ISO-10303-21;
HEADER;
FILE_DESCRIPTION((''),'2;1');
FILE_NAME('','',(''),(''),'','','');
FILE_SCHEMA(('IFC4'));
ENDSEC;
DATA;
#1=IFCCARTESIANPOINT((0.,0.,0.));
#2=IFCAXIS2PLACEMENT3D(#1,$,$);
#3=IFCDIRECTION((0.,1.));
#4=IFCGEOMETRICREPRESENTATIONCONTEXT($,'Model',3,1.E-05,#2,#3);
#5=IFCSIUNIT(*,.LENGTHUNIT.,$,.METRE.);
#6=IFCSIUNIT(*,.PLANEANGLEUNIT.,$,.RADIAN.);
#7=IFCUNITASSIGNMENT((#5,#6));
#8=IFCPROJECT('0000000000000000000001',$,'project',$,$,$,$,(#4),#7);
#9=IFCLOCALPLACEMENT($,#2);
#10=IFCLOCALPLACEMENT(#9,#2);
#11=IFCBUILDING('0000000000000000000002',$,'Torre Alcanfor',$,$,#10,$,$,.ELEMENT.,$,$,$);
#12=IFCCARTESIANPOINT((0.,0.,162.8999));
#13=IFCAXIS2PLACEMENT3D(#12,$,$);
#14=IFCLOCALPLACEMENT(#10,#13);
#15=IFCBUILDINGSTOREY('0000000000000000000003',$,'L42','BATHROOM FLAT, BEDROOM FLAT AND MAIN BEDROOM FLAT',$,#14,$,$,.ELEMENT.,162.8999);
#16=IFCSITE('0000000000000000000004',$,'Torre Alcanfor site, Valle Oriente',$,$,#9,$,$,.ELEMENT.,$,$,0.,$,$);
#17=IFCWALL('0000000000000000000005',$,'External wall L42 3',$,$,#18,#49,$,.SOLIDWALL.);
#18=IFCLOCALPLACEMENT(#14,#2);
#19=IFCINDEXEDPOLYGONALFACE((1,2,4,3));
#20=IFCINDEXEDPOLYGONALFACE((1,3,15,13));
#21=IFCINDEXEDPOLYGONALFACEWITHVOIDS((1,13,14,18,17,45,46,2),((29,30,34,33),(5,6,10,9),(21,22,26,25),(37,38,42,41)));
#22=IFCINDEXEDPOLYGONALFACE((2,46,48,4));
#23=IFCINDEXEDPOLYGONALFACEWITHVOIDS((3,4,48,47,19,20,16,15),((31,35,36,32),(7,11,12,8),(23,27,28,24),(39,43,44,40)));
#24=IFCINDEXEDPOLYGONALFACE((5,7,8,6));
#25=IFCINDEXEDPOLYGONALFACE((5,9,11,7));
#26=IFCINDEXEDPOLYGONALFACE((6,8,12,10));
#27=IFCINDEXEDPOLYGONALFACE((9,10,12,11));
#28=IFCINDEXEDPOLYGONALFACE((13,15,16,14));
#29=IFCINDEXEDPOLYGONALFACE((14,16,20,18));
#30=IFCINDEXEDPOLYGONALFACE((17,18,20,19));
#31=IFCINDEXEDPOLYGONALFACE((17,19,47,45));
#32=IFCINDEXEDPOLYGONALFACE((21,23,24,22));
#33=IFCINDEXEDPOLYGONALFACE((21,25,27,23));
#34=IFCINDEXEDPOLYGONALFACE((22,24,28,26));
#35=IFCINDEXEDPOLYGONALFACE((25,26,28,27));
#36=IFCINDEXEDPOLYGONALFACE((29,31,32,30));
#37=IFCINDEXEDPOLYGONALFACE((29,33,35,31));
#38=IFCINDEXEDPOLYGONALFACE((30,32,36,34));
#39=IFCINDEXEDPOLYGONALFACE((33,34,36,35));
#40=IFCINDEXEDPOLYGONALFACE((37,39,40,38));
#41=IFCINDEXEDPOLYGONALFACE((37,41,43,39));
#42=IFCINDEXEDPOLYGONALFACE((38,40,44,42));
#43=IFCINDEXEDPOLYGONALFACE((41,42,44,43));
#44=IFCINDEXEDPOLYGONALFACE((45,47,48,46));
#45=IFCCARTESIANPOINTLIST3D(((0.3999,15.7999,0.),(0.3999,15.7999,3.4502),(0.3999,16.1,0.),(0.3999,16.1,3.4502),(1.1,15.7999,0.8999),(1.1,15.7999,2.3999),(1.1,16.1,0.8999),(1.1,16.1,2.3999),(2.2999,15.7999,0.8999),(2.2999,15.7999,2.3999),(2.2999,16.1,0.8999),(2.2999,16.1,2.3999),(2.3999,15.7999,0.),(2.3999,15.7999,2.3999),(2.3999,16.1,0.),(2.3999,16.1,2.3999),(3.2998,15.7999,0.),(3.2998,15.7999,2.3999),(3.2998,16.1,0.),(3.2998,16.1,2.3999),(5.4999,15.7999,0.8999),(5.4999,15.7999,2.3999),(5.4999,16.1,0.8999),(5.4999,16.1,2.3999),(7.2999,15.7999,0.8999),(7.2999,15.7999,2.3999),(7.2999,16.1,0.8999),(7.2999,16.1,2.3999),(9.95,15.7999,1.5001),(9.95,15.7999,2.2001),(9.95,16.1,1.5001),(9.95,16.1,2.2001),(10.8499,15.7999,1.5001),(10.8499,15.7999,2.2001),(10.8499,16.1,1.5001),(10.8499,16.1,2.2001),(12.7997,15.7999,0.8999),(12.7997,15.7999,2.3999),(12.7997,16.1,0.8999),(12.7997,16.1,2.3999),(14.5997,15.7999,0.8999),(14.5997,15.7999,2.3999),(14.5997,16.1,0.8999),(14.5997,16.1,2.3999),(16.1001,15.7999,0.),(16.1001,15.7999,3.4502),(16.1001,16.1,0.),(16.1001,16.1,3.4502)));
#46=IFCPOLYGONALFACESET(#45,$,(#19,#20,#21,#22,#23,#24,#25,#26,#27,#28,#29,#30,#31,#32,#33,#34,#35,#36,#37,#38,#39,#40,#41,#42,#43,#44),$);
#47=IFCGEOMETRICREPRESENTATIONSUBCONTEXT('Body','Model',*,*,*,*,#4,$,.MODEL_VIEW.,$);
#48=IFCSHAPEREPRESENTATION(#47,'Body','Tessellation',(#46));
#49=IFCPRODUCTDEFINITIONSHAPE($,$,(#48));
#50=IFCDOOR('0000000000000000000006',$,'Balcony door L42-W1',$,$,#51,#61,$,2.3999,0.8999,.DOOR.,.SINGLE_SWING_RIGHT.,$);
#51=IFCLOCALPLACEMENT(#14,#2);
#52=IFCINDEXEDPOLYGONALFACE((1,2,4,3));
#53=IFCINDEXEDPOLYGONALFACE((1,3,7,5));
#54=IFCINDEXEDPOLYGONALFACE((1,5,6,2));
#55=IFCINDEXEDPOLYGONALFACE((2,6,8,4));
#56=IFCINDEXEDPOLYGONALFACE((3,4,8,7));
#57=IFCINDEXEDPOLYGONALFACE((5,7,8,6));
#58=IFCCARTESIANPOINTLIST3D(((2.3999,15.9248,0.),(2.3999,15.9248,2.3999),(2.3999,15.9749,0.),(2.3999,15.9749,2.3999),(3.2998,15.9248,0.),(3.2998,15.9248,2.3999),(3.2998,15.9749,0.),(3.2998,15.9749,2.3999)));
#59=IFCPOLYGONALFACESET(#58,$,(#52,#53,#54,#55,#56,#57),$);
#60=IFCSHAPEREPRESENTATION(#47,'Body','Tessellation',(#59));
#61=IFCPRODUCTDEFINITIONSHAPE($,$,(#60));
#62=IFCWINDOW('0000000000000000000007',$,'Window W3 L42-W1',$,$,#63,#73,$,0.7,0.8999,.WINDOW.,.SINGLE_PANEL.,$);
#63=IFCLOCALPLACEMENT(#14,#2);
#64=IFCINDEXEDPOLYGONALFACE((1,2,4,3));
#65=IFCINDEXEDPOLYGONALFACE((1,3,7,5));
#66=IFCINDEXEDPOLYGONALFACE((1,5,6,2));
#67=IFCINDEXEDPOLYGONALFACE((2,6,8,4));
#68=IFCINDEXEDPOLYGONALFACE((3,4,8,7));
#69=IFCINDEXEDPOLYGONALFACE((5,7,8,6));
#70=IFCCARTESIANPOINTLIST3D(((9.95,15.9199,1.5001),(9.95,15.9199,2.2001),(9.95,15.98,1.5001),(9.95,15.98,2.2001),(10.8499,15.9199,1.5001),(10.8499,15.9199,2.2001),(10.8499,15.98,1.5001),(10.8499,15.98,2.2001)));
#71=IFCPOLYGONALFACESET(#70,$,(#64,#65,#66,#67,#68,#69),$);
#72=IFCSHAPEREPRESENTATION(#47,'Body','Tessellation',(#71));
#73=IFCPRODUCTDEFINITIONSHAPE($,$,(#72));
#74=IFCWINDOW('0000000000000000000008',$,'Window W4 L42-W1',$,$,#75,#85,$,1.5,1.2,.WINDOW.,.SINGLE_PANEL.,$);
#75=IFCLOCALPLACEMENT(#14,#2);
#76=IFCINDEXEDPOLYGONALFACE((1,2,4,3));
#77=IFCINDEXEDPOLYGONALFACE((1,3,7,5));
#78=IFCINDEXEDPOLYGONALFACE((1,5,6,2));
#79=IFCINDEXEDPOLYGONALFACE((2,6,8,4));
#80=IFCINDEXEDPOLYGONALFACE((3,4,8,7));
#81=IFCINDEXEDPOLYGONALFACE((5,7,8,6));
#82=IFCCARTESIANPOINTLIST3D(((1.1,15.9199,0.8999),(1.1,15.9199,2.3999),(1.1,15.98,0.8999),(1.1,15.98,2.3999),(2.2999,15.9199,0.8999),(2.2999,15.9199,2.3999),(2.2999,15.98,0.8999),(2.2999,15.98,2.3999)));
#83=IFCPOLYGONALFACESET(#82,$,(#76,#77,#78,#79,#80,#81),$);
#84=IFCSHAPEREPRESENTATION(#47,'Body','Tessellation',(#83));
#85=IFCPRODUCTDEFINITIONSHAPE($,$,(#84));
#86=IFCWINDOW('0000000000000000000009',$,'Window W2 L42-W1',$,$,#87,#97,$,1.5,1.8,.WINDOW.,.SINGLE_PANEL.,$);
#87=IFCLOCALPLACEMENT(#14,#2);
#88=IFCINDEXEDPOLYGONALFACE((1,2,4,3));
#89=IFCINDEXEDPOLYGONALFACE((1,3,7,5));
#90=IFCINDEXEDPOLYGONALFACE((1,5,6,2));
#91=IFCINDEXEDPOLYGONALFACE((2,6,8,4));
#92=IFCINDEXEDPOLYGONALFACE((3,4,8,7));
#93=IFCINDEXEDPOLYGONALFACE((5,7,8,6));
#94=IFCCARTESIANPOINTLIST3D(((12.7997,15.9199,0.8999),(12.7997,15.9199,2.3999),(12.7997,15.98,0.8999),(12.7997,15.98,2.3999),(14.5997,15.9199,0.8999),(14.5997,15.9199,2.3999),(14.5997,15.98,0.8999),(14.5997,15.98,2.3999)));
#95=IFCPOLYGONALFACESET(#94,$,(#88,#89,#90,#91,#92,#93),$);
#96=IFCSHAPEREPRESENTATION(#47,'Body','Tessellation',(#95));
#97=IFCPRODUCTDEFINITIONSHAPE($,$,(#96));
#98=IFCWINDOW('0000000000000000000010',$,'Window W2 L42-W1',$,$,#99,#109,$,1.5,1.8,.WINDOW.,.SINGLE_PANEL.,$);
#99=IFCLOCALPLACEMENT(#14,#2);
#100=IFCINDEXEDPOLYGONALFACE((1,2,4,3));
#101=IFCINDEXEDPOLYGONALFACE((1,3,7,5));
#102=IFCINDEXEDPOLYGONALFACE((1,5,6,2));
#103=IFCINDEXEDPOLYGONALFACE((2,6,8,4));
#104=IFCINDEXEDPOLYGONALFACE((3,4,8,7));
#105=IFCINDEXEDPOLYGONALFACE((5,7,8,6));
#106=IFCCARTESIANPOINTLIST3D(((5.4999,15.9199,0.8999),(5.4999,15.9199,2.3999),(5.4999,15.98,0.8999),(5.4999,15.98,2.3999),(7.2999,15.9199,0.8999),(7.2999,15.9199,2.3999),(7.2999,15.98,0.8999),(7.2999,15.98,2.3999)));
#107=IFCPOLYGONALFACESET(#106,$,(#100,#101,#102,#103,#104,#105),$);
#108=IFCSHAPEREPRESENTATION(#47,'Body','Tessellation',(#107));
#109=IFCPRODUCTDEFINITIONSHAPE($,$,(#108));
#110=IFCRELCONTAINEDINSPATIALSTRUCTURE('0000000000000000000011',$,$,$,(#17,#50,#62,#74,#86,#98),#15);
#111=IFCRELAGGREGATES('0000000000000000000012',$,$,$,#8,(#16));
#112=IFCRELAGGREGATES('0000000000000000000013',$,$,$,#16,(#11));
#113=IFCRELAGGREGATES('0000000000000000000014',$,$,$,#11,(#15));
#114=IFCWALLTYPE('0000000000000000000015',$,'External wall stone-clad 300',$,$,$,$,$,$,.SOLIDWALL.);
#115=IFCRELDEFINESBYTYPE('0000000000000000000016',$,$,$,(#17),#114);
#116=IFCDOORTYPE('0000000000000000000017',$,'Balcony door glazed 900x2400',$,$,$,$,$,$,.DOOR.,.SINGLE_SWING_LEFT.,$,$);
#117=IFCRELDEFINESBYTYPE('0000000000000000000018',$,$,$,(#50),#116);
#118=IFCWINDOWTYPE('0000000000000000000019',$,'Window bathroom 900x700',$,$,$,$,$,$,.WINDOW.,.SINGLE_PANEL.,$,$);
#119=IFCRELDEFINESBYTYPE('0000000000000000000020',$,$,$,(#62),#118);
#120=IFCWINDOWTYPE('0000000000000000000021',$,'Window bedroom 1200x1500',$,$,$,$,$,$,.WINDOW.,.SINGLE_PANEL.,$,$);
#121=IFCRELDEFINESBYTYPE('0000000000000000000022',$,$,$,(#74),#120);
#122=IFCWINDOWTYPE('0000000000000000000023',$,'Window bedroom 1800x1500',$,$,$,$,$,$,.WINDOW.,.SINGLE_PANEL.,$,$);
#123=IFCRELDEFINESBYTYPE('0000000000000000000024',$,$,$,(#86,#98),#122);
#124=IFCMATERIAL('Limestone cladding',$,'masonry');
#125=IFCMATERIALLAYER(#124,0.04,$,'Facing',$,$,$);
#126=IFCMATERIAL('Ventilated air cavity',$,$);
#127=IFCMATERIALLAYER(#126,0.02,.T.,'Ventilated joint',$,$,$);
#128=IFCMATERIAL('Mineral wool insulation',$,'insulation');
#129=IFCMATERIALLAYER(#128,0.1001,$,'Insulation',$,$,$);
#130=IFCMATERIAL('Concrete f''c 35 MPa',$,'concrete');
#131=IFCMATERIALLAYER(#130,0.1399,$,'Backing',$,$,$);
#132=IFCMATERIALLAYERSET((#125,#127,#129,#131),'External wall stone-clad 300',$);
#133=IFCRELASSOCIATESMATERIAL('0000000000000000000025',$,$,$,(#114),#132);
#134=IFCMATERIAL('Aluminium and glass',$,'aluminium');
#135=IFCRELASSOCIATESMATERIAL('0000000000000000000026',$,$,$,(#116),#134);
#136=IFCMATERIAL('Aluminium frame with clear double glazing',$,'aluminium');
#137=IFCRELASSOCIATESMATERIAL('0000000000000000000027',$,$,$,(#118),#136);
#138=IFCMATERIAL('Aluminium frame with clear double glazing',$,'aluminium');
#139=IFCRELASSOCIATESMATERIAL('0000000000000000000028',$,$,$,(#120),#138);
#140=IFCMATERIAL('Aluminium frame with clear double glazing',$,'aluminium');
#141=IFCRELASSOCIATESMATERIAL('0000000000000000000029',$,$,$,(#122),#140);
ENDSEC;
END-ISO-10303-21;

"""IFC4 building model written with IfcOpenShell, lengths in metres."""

from ifc_helpers import new_model, si_unit, direction, frame, frame_2d, origin, place, context, subcontext, project, spatial, rectangle, extrude, material, layer, layer_set, type_object, element, fill, save


model = new_model("IFC4")

# Units and contexts
model_context = context("Model", 3, precision=1e-05, world=origin(), true_north=direction((0.0, 1.0)))
body_context = subcontext(model_context, "Body", "Model", "MODEL_VIEW")
ifc_project = project(units=[si_unit("LENGTHUNIT", "METRE"), si_unit("PLANEANGLEUNIT", "RADIAN")], contexts=[model_context])

# Site, building, storey
site_placement = place(None, origin())
site = spatial("IfcSite", under=ifc_project, at=site_placement, Name="Torre Alcanfor site, Valle Oriente", CompositionType="ELEMENT", RefElevation=0.0)
building_placement = place(site_placement, origin())
building = spatial("IfcBuilding", under=site, at=building_placement, Name="Torre Alcanfor", CompositionType="ELEMENT")
storey_placement = place(building_placement, frame((0.0, 0.0, 162.8999)))
storey = spatial("IfcBuildingStorey", under=building, at=storey_placement, Name="L42", Description="BATHROOM FLAT, BEDROOM FLAT AND MAIN BEDROOM FLAT", CompositionType="ELEMENT", Elevation=162.8999)

# Wall, openings, door, windows
ifc_material_1 = material(Name="Limestone cladding", Category="masonry")
ifc_layer_1 = layer(ifc_material_1, 0.04, Name="Facing")
ifc_material_2 = material(Name="Ventilated air cavity")
ifc_layer_2 = layer(ifc_material_2, 0.02, ventilated=True, Name="Ventilated joint")
ifc_material_3 = material(Name="Mineral wool insulation", Category="insulation")
ifc_layer_3 = layer(ifc_material_3, 0.1001, Name="Insulation")
ifc_material_4 = material(Name="Concrete f'c 35 MPa", Category="concrete")
ifc_layer_4 = layer(ifc_material_4, 0.1399, Name="Backing")
ifc_layer_set_1 = layer_set([ifc_layer_1, ifc_layer_2, ifc_layer_3, ifc_layer_4], Name="External wall stone-clad 300")
wall_type_1 = type_object("IfcWallType", Name="External wall stone-clad 300", PredefinedType="SOLIDWALL", material=ifc_layer_set_1)
wall_1_placement = place(storey_placement, frame((0.3999, 15.95, 0.0), z_axis=(0.0, 0.0, 1.0), x_axis=(1.0, 0.0, 0.0)))
wall_1 = element("IfcWall", 1, at=wall_1_placement, inside=storey, type_object=wall_type_1, Name="External wall L42 3", PredefinedType="SOLIDWALL", context=body_context, shape_type="SweptSolid", body=[
    extrude(rectangle(XDim=15.7002, YDim=0.3, at=frame_2d((7.8501, 0.0))), origin(), (0.0, 0.0, 1.0), 3.4502),
])
opening_1_placement = place(wall_1_placement, frame((12.3999, 0.0, 0.8999)))
opening_1 = element("IfcOpeningElement", 2, at=opening_1_placement, cuts=wall_1, PredefinedType="OPENING", context=body_context, shape_type="SweptSolid", body=[
    extrude(rectangle(XDim=1.8, YDim=1.5, at=frame_2d((0.8999, 0.75))), frame((0.0, 0.1599, 0.0), z_axis=(0.0, -1.0, 0.0), x_axis=(1.0, 0.0, 0.0)), (0.0, 0.0, 1.0), 0.3201),
])
opening_2_placement = place(wall_1_placement, frame((9.55, 0.0, 1.5)))
opening_2 = element("IfcOpeningElement", 3, at=opening_2_placement, cuts=wall_1, PredefinedType="OPENING", context=body_context, shape_type="SweptSolid", body=[
    extrude(rectangle(XDim=0.8999, YDim=0.7, at=frame_2d((0.45, 0.3501))), frame((0.0, 0.1599, 0.0), z_axis=(0.0, -1.0, 0.0), x_axis=(1.0, 0.0, 0.0)), (0.0, 0.0, 1.0), 0.3201),
])
opening_3_placement = place(wall_1_placement, frame((5.1001, 0.0, 0.8999)))
opening_3 = element("IfcOpeningElement", 4, at=opening_3_placement, cuts=wall_1, PredefinedType="OPENING", context=body_context, shape_type="SweptSolid", body=[
    extrude(rectangle(XDim=1.8, YDim=1.5, at=frame_2d((0.8999, 0.75))), frame((0.0, 0.1599, 0.0), z_axis=(0.0, -1.0, 0.0), x_axis=(1.0, 0.0, 0.0)), (0.0, 0.0, 1.0), 0.3201),
])
opening_4_placement = place(wall_1_placement, frame((2.0, 0.0, 0.0)))
opening_4 = element("IfcOpeningElement", 5, at=opening_4_placement, cuts=wall_1, PredefinedType="OPENING", context=body_context, shape_type="SweptSolid", body=[
    extrude(rectangle(XDim=0.8999, YDim=2.3999, at=frame_2d((0.45, 1.2))), frame((0.0, 0.1599, 0.0), z_axis=(0.0, -1.0, 0.0), x_axis=(1.0, 0.0, 0.0)), (0.0, 0.0, 1.0), 0.3201),
])
opening_5_placement = place(wall_1_placement, frame((0.7, 0.0, 0.8999)))
opening_5 = element("IfcOpeningElement", 6, at=opening_5_placement, cuts=wall_1, PredefinedType="OPENING", context=body_context, shape_type="SweptSolid", body=[
    extrude(rectangle(XDim=1.2, YDim=1.5, at=frame_2d((0.6001, 0.75))), frame((0.0, 0.1599, 0.0), z_axis=(0.0, -1.0, 0.0), x_axis=(1.0, 0.0, 0.0)), (0.0, 0.0, 1.0), 0.3201),
])
ifc_material_5 = material(Name="Aluminium and glass", Category="aluminium")
door_type = type_object("IfcDoorType", Name="Balcony door glazed 900x2400", OperationType="SINGLE_SWING_LEFT", PredefinedType="DOOR", material=ifc_material_5)
door_placement = place(opening_4_placement, origin())
door = element("IfcDoor", 7, at=door_placement, inside=storey, type_object=door_type, Name="Balcony door L42-W1", OperationType="SINGLE_SWING_RIGHT", OverallHeight=2.3999, OverallWidth=0.8999, PredefinedType="DOOR", context=body_context, shape_type="SweptSolid", body=[
    extrude(rectangle(XDim=0.8999, YDim=2.3999, at=frame_2d((0.45, 1.2))), frame((0.0, 0.0249, 0.0), z_axis=(0.0, -1.0, 0.0), x_axis=(1.0, 0.0, 0.0)), (0.0, 0.0, 1.0), 0.05),
])
fill(opening_4, door)
ifc_material_6 = material(Name="Aluminium frame with clear double glazing", Category="aluminium")
window_type_1 = type_object("IfcWindowType", Name="Window bathroom 900x700", PartitioningType="SINGLE_PANEL", PredefinedType="WINDOW", material=ifc_material_6)
window_1_placement = place(opening_2_placement, origin())
window_1 = element("IfcWindow", 8, at=window_1_placement, inside=storey, type_object=window_type_1, Name="Window W3 L42-W1", OverallHeight=0.7, OverallWidth=0.8999, PartitioningType="SINGLE_PANEL", PredefinedType="WINDOW", context=body_context, shape_type="SweptSolid", body=[
    extrude(rectangle(XDim=0.8999, YDim=0.7, at=frame_2d((0.45, 0.3501))), frame((0.0, 0.03, 0.0), z_axis=(0.0, -1.0, 0.0), x_axis=(1.0, 0.0, 0.0)), (0.0, 0.0, 1.0), 0.0601),
])
fill(opening_2, window_1)
ifc_material_7 = material(Name="Aluminium frame with clear double glazing", Category="aluminium")
window_type_2 = type_object("IfcWindowType", Name="Window bedroom 1200x1500", PartitioningType="SINGLE_PANEL", PredefinedType="WINDOW", material=ifc_material_7)
window_2_placement = place(opening_5_placement, origin())
window_2 = element("IfcWindow", 9, at=window_2_placement, inside=storey, type_object=window_type_2, Name="Window W4 L42-W1", OverallHeight=1.5, OverallWidth=1.2, PartitioningType="SINGLE_PANEL", PredefinedType="WINDOW", context=body_context, shape_type="SweptSolid", body=[
    extrude(rectangle(XDim=1.2, YDim=1.5, at=frame_2d((0.6001, 0.75))), frame((0.0, 0.03, 0.0), z_axis=(0.0, -1.0, 0.0), x_axis=(1.0, 0.0, 0.0)), (0.0, 0.0, 1.0), 0.0601),
])
fill(opening_5, window_2)
ifc_material_8 = material(Name="Aluminium frame with clear double glazing", Category="aluminium")
window_type_3 = type_object("IfcWindowType", Name="Window bedroom 1800x1500", PartitioningType="SINGLE_PANEL", PredefinedType="WINDOW", material=ifc_material_8)
window_3_placement = place(opening_1_placement, origin())
window_3 = element("IfcWindow", 10, at=window_3_placement, inside=storey, type_object=window_type_3, Name="Window W2 L42-W1", OverallHeight=1.5, OverallWidth=1.8, PartitioningType="SINGLE_PANEL", PredefinedType="WINDOW", context=body_context, shape_type="SweptSolid", body=[
    extrude(rectangle(XDim=1.8, YDim=1.5, at=frame_2d((0.8999, 0.75))), frame((0.0, 0.03, 0.0), z_axis=(0.0, -1.0, 0.0), x_axis=(1.0, 0.0, 0.0)), (0.0, 0.0, 1.0), 0.0601),
])
fill(opening_1, window_3)
window_4_placement = place(opening_3_placement, origin())
window_4 = element("IfcWindow", 11, at=window_4_placement, inside=storey, type_object=window_type_3, Name="Window W2 L42-W1", OverallHeight=1.5, OverallWidth=1.8, PartitioningType="SINGLE_PANEL", PredefinedType="WINDOW", context=body_context, shape_type="SweptSolid", body=[
    extrude(rectangle(XDim=1.8, YDim=1.5, at=frame_2d((0.8999, 0.75))), frame((0.0, 0.03, 0.0), z_axis=(0.0, -1.0, 0.0), x_axis=(1.0, 0.0, 0.0)), (0.0, 0.0, 1.0), 0.0601),
])
fill(opening_3, window_4)

save(model, "model.ifc")
